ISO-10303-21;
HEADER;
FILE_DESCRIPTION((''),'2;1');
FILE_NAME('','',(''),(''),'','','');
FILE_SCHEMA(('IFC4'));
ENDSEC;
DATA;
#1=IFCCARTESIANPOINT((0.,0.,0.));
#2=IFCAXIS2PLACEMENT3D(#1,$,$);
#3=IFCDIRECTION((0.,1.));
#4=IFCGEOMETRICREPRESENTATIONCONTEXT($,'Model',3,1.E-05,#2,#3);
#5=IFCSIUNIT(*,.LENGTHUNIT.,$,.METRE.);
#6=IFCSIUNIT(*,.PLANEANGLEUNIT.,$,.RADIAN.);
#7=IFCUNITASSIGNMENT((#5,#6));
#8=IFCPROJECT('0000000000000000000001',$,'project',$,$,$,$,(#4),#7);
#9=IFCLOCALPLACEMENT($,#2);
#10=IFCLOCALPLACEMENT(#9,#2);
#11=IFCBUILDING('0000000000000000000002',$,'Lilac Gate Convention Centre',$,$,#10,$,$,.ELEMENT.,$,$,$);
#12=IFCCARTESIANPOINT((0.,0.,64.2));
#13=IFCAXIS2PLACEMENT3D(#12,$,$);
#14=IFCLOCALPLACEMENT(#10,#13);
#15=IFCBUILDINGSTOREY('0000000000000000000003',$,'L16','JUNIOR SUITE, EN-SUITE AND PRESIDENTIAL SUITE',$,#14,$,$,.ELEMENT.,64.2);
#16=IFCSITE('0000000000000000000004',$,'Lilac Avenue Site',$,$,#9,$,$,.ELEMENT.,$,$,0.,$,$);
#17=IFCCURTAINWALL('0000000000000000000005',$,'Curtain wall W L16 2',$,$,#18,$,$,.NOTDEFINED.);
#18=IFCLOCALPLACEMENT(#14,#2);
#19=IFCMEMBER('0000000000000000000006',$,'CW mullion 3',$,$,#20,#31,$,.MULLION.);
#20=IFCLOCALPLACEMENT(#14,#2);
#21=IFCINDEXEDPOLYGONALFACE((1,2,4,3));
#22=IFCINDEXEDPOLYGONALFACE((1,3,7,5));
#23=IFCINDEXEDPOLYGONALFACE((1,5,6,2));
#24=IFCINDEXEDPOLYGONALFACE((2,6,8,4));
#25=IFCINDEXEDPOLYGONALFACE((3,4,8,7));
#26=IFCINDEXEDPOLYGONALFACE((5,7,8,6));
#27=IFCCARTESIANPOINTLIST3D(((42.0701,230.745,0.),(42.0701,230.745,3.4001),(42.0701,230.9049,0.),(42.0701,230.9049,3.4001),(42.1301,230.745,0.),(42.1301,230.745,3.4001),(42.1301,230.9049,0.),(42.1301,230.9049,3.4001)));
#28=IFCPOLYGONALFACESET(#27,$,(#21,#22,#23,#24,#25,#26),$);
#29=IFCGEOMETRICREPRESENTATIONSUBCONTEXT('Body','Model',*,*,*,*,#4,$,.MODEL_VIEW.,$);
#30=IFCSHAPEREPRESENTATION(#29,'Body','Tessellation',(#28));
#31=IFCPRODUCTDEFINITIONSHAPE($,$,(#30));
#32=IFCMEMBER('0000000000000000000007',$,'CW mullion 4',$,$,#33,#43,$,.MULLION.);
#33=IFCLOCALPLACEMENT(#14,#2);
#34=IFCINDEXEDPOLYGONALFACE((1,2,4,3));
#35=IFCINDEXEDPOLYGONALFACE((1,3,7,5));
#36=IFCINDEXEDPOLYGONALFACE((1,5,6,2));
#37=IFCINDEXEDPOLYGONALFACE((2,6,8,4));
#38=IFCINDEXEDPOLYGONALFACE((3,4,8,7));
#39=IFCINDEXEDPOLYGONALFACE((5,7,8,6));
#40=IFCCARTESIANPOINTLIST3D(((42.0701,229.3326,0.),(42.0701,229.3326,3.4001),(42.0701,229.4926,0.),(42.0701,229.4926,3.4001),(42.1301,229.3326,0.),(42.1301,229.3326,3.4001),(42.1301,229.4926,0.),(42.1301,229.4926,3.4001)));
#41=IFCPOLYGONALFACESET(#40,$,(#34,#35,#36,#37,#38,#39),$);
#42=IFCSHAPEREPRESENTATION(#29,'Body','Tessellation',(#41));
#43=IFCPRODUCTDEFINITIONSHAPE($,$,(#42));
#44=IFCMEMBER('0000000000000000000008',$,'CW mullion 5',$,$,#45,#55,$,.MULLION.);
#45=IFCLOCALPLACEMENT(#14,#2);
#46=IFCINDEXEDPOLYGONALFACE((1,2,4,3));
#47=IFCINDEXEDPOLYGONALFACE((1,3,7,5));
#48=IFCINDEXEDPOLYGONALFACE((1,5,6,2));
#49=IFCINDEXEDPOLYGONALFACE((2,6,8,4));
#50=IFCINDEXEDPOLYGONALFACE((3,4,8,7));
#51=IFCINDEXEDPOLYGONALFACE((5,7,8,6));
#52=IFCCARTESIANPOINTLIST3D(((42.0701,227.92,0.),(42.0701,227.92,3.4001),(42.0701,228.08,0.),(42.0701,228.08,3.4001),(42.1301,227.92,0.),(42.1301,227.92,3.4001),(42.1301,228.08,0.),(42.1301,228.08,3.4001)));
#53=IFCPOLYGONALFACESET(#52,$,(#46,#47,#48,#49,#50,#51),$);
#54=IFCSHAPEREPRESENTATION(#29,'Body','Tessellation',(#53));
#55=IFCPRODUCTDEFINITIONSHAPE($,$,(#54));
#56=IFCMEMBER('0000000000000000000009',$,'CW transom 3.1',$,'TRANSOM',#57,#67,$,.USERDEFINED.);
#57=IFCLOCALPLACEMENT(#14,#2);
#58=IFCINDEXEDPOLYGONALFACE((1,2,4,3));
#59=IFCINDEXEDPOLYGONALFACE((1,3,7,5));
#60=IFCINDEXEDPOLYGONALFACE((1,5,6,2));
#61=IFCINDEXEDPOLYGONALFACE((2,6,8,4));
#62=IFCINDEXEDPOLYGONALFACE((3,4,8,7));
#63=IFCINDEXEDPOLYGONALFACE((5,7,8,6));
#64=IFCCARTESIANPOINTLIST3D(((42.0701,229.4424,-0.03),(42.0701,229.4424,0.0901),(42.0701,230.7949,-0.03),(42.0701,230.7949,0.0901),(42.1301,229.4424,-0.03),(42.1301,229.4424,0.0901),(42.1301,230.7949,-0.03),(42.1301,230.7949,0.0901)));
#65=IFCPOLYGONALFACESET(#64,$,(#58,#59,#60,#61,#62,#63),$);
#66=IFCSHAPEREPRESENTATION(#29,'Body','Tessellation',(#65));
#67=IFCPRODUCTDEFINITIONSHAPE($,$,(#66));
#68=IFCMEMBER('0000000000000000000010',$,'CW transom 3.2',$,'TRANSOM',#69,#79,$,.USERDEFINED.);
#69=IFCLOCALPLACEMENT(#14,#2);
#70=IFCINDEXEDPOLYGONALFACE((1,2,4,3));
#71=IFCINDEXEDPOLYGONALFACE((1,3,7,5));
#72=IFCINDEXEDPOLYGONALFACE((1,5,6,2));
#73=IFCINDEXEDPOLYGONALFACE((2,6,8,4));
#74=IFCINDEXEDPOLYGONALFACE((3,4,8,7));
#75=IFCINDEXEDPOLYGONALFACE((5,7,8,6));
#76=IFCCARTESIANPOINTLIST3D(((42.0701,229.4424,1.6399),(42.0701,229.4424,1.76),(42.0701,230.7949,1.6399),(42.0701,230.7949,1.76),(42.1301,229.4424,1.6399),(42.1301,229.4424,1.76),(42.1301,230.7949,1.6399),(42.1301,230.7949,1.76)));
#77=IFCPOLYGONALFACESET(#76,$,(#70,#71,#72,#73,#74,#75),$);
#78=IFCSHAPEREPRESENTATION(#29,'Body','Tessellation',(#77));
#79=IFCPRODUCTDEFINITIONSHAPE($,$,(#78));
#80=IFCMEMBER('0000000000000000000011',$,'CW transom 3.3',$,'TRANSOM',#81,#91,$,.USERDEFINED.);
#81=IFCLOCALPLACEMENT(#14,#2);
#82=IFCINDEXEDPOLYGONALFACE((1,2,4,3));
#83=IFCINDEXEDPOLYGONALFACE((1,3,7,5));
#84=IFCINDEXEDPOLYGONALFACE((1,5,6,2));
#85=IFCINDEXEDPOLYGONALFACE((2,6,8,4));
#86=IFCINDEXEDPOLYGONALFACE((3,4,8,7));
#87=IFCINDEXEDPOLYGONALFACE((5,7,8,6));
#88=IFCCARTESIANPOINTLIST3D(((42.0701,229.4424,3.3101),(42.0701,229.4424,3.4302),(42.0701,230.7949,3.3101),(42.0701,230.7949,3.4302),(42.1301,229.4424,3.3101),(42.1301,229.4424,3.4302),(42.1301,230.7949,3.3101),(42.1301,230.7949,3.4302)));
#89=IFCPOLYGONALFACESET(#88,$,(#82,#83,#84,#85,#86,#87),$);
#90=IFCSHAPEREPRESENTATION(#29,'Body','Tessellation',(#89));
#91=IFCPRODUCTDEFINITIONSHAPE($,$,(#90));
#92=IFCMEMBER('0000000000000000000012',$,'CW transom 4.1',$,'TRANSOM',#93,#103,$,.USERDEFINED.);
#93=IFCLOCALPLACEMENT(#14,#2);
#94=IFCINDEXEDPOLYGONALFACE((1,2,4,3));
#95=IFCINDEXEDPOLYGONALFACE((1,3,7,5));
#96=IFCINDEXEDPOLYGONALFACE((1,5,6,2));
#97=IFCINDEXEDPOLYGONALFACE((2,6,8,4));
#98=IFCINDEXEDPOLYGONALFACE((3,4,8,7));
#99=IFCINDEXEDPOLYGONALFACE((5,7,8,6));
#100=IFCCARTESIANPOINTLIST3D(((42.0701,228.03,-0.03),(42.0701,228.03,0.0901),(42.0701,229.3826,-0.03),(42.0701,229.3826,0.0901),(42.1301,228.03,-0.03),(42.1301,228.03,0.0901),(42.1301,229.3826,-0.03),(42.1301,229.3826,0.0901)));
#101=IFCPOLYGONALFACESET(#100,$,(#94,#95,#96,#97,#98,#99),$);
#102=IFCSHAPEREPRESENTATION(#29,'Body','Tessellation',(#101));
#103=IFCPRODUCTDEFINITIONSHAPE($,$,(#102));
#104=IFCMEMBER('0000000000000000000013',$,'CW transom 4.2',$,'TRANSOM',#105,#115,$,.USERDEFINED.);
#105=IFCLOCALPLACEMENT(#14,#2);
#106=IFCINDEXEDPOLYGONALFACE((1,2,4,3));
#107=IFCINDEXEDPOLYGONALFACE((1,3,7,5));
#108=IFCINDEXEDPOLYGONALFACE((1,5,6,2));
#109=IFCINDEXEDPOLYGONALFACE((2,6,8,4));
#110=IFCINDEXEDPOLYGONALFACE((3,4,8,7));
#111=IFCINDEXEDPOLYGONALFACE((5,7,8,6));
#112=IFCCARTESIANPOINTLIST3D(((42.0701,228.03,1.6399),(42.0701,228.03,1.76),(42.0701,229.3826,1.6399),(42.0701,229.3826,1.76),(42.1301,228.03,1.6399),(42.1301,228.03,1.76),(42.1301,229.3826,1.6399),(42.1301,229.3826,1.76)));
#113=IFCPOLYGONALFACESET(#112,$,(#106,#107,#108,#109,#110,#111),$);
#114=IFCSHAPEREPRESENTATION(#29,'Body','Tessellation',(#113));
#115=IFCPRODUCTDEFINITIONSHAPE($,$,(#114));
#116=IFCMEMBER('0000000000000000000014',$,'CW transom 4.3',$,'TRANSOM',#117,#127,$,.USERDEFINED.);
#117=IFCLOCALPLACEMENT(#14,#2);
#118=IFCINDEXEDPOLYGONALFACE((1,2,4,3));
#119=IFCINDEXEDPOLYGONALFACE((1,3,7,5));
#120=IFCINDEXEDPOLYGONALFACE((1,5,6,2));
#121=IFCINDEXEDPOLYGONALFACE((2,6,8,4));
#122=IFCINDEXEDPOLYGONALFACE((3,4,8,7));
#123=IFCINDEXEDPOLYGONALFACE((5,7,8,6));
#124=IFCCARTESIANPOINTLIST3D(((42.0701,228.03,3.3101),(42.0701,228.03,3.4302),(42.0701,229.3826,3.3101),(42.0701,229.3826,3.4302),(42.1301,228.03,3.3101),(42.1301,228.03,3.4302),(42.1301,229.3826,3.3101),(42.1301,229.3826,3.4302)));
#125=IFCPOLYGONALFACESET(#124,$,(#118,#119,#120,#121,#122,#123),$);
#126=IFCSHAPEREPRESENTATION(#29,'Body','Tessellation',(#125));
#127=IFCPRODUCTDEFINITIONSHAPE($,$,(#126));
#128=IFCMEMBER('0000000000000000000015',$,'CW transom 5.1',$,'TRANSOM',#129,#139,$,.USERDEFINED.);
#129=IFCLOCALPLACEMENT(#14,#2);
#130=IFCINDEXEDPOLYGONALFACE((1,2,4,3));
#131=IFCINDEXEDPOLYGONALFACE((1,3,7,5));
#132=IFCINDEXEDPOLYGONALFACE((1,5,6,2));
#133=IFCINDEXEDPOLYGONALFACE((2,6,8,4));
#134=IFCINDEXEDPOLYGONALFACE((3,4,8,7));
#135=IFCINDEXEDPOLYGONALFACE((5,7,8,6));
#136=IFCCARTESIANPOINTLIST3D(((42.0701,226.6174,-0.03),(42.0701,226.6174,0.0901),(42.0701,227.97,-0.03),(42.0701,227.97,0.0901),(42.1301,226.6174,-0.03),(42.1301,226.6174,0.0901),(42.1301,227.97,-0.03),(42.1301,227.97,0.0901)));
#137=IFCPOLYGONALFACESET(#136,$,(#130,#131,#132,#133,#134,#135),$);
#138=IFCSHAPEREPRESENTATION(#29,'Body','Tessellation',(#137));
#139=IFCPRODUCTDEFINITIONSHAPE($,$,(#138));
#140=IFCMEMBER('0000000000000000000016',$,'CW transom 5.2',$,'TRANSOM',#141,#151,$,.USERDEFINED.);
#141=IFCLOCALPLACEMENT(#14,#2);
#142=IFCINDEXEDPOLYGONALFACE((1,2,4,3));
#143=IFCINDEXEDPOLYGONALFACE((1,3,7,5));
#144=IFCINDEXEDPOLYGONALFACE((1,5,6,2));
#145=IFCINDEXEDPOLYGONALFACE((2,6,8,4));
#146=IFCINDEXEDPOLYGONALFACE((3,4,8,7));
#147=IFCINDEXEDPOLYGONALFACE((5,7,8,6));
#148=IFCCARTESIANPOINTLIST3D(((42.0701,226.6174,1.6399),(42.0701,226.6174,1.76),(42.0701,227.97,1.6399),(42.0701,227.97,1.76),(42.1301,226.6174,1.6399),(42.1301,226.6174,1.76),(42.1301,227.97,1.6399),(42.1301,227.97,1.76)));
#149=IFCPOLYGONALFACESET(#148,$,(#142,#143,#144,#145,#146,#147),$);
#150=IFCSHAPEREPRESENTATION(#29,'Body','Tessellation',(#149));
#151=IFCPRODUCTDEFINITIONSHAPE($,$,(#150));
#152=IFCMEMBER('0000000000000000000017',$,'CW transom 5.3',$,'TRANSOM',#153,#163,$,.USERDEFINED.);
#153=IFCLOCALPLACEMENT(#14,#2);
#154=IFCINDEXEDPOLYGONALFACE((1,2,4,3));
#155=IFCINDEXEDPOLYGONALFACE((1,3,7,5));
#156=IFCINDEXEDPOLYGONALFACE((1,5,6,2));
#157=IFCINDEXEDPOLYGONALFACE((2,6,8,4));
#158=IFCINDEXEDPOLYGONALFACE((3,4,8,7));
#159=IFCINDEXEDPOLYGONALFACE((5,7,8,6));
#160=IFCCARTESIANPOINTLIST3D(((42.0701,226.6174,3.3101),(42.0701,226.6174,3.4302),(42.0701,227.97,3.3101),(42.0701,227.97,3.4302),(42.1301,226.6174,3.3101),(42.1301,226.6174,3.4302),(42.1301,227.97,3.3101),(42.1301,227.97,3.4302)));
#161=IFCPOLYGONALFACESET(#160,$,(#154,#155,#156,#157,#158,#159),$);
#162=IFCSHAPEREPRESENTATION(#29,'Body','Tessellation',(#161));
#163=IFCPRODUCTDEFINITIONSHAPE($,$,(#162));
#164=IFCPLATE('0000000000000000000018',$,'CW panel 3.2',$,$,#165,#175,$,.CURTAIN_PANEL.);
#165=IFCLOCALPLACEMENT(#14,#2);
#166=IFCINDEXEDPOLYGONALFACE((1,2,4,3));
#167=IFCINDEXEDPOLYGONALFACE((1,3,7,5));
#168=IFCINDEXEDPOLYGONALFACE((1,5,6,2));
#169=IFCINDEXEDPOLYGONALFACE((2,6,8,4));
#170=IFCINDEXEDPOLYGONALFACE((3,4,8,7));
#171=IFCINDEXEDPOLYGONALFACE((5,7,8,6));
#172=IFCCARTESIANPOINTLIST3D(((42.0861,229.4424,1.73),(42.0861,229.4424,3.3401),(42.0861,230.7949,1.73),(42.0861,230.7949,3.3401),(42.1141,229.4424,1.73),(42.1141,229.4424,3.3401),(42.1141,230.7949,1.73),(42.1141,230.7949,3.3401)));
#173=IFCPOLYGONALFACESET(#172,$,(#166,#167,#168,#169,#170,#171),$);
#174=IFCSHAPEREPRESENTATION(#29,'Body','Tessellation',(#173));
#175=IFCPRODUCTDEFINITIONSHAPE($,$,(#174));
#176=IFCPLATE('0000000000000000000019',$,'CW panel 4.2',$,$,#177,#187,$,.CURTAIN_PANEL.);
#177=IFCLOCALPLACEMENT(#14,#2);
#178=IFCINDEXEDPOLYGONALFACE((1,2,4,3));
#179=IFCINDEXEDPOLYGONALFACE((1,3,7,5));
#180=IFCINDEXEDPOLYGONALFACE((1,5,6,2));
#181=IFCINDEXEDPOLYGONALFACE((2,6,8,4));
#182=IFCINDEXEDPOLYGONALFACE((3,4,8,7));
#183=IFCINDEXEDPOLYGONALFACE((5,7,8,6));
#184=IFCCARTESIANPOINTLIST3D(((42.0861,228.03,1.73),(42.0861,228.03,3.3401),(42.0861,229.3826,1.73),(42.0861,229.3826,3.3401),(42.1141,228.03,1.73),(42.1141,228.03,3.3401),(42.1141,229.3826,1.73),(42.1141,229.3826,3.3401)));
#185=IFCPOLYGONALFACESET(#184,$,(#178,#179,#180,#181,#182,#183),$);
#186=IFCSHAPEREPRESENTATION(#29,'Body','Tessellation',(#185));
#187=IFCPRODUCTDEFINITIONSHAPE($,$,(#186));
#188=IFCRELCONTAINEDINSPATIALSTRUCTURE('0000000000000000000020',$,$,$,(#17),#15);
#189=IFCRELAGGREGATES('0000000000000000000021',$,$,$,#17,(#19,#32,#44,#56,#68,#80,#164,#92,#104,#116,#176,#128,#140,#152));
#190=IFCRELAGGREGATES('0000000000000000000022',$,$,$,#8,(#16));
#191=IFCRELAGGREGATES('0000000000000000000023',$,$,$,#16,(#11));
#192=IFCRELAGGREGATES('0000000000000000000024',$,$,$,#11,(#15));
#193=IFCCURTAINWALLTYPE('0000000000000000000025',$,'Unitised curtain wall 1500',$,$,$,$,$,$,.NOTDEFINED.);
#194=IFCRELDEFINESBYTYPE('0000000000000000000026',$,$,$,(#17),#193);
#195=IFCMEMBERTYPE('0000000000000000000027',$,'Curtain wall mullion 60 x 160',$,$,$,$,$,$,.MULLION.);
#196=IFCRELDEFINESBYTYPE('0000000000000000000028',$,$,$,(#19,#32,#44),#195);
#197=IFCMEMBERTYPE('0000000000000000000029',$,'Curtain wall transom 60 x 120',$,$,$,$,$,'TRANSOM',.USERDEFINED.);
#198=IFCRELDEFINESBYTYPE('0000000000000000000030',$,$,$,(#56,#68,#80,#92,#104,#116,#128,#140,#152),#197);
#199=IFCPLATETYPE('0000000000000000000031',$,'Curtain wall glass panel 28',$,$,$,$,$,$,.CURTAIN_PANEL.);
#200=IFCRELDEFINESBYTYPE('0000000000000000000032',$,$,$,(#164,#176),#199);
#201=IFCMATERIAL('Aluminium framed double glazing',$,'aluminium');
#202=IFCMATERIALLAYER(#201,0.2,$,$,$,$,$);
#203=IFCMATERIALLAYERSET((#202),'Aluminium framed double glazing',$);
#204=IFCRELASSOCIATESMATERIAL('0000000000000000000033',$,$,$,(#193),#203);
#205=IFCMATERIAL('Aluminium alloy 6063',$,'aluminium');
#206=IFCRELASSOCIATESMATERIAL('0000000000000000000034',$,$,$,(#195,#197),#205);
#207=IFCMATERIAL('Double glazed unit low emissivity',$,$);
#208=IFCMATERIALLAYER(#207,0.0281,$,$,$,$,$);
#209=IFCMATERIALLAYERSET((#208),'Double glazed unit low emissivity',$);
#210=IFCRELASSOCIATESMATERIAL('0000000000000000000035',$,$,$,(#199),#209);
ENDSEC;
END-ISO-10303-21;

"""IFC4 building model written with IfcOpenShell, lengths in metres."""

from ifc_helpers import new_model, si_unit, direction, frame, origin, origin_2d, place, context, subcontext, project, spatial, rectangle, extrude, material, layer, layer_set, material_profile, profile_set, type_object, element, aggregate, save


model = new_model("IFC4")

# Units and contexts
model_context = context("Model", 3, precision=1e-05, world=origin(), true_north=direction((0.0, 1.0)))
body_context = subcontext(model_context, "Body", "Model", "MODEL_VIEW")
ifc_project = project(units=[si_unit("LENGTHUNIT", "METRE"), si_unit("PLANEANGLEUNIT", "RADIAN")], contexts=[model_context])

# Site, building, storey
site_placement = place(None, origin())
site = spatial("IfcSite", under=ifc_project, at=site_placement, Name="Lilac Avenue Site", CompositionType="ELEMENT", RefElevation=0.0)
building_placement = place(site_placement, origin())
building = spatial("IfcBuilding", under=site, at=building_placement, Name="Lilac Gate Convention Centre", CompositionType="ELEMENT")
storey_placement = place(building_placement, frame((0.0, 0.0, 64.2)))
storey = spatial("IfcBuildingStorey", under=building, at=storey_placement, Name="L16", Description="JUNIOR SUITE, EN-SUITE AND PRESIDENTIAL SUITE", CompositionType="ELEMENT", Elevation=64.2)

# Curtain wall, members, plates
ifc_material_1 = material(Name="Aluminium framed double glazing", Category="aluminium")
ifc_layer_1 = layer(ifc_material_1, 0.2)
ifc_layer_set_1 = layer_set([ifc_layer_1], Name="Aluminium framed double glazing")
curtain_wall_type = type_object("IfcCurtainWallType", Name="Unitised curtain wall 1500", PredefinedType="NOTDEFINED", material=ifc_layer_set_1)
curtain_wall_placement = place(storey_placement, origin())
curtain_wall = element("IfcCurtainWall", 1, at=curtain_wall_placement, inside=storey, type_object=curtain_wall_type, Name="Curtain wall W L16 2", PredefinedType="NOTDEFINED")
ifc_material_2 = material(Name="Aluminium alloy 6063", Category="aluminium")
ifc_material_profile_1 = material_profile(ifc_material_2, rectangle(XDim=0.0601, YDim=0.1599, at=origin_2d()), Name="Curtain wall mullion 60 x 160")
ifc_profile_set_1 = profile_set([ifc_material_profile_1], Name="Aluminium alloy 6063")
member_type_1 = type_object("IfcMemberType", Name="Curtain wall mullion 60 x 160", PredefinedType="MULLION", material=ifc_profile_set_1)
member_1_placement = place(storey_placement, frame((42.1001, 230.825, 0.0), z_axis=(0.0, 0.0, 1.0), x_axis=(1.0, 0.0, 0.0)))
member_1 = element("IfcMember", 2, at=member_1_placement, type_object=member_type_1, Name="CW mullion 3", PredefinedType="MULLION", context=body_context, shape_type="SweptSolid", body=[
    extrude(rectangle(XDim=0.0601, YDim=0.1599, at=origin_2d()), origin(), (0.0, 0.0, 1.0), 3.4001),
])
member_2_placement = place(storey_placement, frame((42.1001, 229.4126, 0.0), z_axis=(0.0, 0.0, 1.0), x_axis=(1.0, 0.0, 0.0)))
member_2 = element("IfcMember", 3, at=member_2_placement, type_object=member_type_1, Name="CW mullion 4", PredefinedType="MULLION", context=body_context, shape_type="SweptSolid", body=[
    extrude(rectangle(XDim=0.0601, YDim=0.1599, at=origin_2d()), origin(), (0.0, 0.0, 1.0), 3.4001),
])
member_3_placement = place(storey_placement, frame((42.1001, 228.0, 0.0), z_axis=(0.0, 0.0, 1.0), x_axis=(1.0, 0.0, 0.0)))
member_3 = element("IfcMember", 4, at=member_3_placement, type_object=member_type_1, Name="CW mullion 5", PredefinedType="MULLION", context=body_context, shape_type="SweptSolid", body=[
    extrude(rectangle(XDim=0.0601, YDim=0.1599, at=origin_2d()), origin(), (0.0, 0.0, 1.0), 3.4001),
])
ifc_material_profile_2 = material_profile(ifc_material_2, rectangle(XDim=0.0601, YDim=0.1201, at=origin_2d()), Name="Curtain wall transom 60 x 120")
ifc_profile_set_2 = profile_set([ifc_material_profile_2], Name="Aluminium alloy 6063")
member_type_2 = type_object("IfcMemberType", Name="Curtain wall transom 60 x 120", ElementType="TRANSOM", PredefinedType="USERDEFINED", material=ifc_profile_set_2)
member_4_placement = place(storey_placement, frame((42.1001, 230.7949, 0.03), z_axis=(0.0, -1.0, 0.0), x_axis=(1.0, 0.0, 0.0)))
member_4 = element("IfcMember", 5, at=member_4_placement, type_object=member_type_2, Name="CW transom 3.1", ObjectType="TRANSOM", PredefinedType="USERDEFINED", context=body_context, shape_type="SweptSolid", body=[
    extrude(rectangle(XDim=0.0601, YDim=0.1201, at=origin_2d()), origin(), (0.0, 0.0, 1.0), 1.3525),
])
member_5_placement = place(storey_placement, frame((42.1001, 230.7949, 1.7), z_axis=(0.0, -1.0, 0.0), x_axis=(1.0, 0.0, 0.0)))
member_5 = element("IfcMember", 6, at=member_5_placement, type_object=member_type_2, Name="CW transom 3.2", ObjectType="TRANSOM", PredefinedType="USERDEFINED", context=body_context, shape_type="SweptSolid", body=[
    extrude(rectangle(XDim=0.0601, YDim=0.1201, at=origin_2d()), origin(), (0.0, 0.0, 1.0), 1.3525),
])
member_6_placement = place(storey_placement, frame((42.1001, 230.7949, 3.3701), z_axis=(0.0, -1.0, 0.0), x_axis=(1.0, 0.0, 0.0)))
member_6 = element("IfcMember", 7, at=member_6_placement, type_object=member_type_2, Name="CW transom 3.3", ObjectType="TRANSOM", PredefinedType="USERDEFINED", context=body_context, shape_type="SweptSolid", body=[
    extrude(rectangle(XDim=0.0601, YDim=0.1201, at=origin_2d()), origin(), (0.0, 0.0, 1.0), 1.3525),
])
member_7_placement = place(storey_placement, frame((42.1001, 229.3826, 0.03), z_axis=(0.0, -1.0, 0.0), x_axis=(1.0, 0.0, 0.0)))
member_7 = element("IfcMember", 8, at=member_7_placement, type_object=member_type_2, Name="CW transom 4.1", ObjectType="TRANSOM", PredefinedType="USERDEFINED", context=body_context, shape_type="SweptSolid", body=[
    extrude(rectangle(XDim=0.0601, YDim=0.1201, at=origin_2d()), origin(), (0.0, 0.0, 1.0), 1.3525),
])
member_8_placement = place(storey_placement, frame((42.1001, 229.3826, 1.7), z_axis=(0.0, -1.0, 0.0), x_axis=(1.0, 0.0, 0.0)))
member_8 = element("IfcMember", 9, at=member_8_placement, type_object=member_type_2, Name="CW transom 4.2", ObjectType="TRANSOM", PredefinedType="USERDEFINED", context=body_context, shape_type="SweptSolid", body=[
    extrude(rectangle(XDim=0.0601, YDim=0.1201, at=origin_2d()), origin(), (0.0, 0.0, 1.0), 1.3525),
])
member_9_placement = place(storey_placement, frame((42.1001, 229.3826, 3.3701), z_axis=(0.0, -1.0, 0.0), x_axis=(1.0, 0.0, 0.0)))
member_9 = element("IfcMember", 10, at=member_9_placement, type_object=member_type_2, Name="CW transom 4.3", ObjectType="TRANSOM", PredefinedType="USERDEFINED", context=body_context, shape_type="SweptSolid", body=[
    extrude(rectangle(XDim=0.0601, YDim=0.1201, at=origin_2d()), origin(), (0.0, 0.0, 1.0), 1.3525),
])
member_10_placement = place(storey_placement, frame((42.1001, 227.97, 0.03), z_axis=(0.0, -1.0, 0.0), x_axis=(1.0, 0.0, 0.0)))
member_10 = element("IfcMember", 11, at=member_10_placement, type_object=member_type_2, Name="CW transom 5.1", ObjectType="TRANSOM", PredefinedType="USERDEFINED", context=body_context, shape_type="SweptSolid", body=[
    extrude(rectangle(XDim=0.0601, YDim=0.1201, at=origin_2d()), origin(), (0.0, 0.0, 1.0), 1.3525),
])
member_11_placement = place(storey_placement, frame((42.1001, 227.97, 1.7), z_axis=(0.0, -1.0, 0.0), x_axis=(1.0, 0.0, 0.0)))
member_11 = element("IfcMember", 12, at=member_11_placement, type_object=member_type_2, Name="CW transom 5.2", ObjectType="TRANSOM", PredefinedType="USERDEFINED", context=body_context, shape_type="SweptSolid", body=[
    extrude(rectangle(XDim=0.0601, YDim=0.1201, at=origin_2d()), origin(), (0.0, 0.0, 1.0), 1.3525),
])
member_12_placement = place(storey_placement, frame((42.1001, 227.97, 3.3701), z_axis=(0.0, -1.0, 0.0), x_axis=(1.0, 0.0, 0.0)))
member_12 = element("IfcMember", 13, at=member_12_placement, type_object=member_type_2, Name="CW transom 5.3", ObjectType="TRANSOM", PredefinedType="USERDEFINED", context=body_context, shape_type="SweptSolid", body=[
    extrude(rectangle(XDim=0.0601, YDim=0.1201, at=origin_2d()), origin(), (0.0, 0.0, 1.0), 1.3525),
])
ifc_material_3 = material(Name="Double glazed unit low emissivity")
ifc_layer_2 = layer(ifc_material_3, 0.0281)
ifc_layer_set_2 = layer_set([ifc_layer_2], Name="Double glazed unit low emissivity")
plate_type_1 = type_object("IfcPlateType", Name="Curtain wall glass panel 28", PredefinedType="CURTAIN_PANEL", material=ifc_layer_set_2)
plate_1_placement = place(storey_placement, frame((42.1001, 230.1187, 1.73), z_axis=(0.0, 0.0, 1.0), x_axis=(0.0, -1.0, 0.0)))
plate_1 = element("IfcPlate", 14, at=plate_1_placement, type_object=plate_type_1, Name="CW panel 3.2", PredefinedType="CURTAIN_PANEL", context=body_context, shape_type="SweptSolid", body=[
    extrude(rectangle(XDim=1.3525, YDim=0.0281, at=origin_2d()), origin(), (0.0, 0.0, 1.0), 1.6101),
])
plate_2_placement = place(storey_placement, frame((42.1001, 228.7063, 1.73), z_axis=(0.0, 0.0, 1.0), x_axis=(0.0, -1.0, 0.0)))
plate_2 = element("IfcPlate", 15, at=plate_2_placement, type_object=plate_type_1, Name="CW panel 4.2", PredefinedType="CURTAIN_PANEL", context=body_context, shape_type="SweptSolid", body=[
    extrude(rectangle(XDim=1.3525, YDim=0.0281, at=origin_2d()), origin(), (0.0, 0.0, 1.0), 1.6101),
])
aggregate(curtain_wall, [member_1, member_2, member_3, member_4, member_5, member_6, plate_1, member_7, member_8, member_9, plate_2, member_10, member_11, member_12])

save(model, "model.ifc")
